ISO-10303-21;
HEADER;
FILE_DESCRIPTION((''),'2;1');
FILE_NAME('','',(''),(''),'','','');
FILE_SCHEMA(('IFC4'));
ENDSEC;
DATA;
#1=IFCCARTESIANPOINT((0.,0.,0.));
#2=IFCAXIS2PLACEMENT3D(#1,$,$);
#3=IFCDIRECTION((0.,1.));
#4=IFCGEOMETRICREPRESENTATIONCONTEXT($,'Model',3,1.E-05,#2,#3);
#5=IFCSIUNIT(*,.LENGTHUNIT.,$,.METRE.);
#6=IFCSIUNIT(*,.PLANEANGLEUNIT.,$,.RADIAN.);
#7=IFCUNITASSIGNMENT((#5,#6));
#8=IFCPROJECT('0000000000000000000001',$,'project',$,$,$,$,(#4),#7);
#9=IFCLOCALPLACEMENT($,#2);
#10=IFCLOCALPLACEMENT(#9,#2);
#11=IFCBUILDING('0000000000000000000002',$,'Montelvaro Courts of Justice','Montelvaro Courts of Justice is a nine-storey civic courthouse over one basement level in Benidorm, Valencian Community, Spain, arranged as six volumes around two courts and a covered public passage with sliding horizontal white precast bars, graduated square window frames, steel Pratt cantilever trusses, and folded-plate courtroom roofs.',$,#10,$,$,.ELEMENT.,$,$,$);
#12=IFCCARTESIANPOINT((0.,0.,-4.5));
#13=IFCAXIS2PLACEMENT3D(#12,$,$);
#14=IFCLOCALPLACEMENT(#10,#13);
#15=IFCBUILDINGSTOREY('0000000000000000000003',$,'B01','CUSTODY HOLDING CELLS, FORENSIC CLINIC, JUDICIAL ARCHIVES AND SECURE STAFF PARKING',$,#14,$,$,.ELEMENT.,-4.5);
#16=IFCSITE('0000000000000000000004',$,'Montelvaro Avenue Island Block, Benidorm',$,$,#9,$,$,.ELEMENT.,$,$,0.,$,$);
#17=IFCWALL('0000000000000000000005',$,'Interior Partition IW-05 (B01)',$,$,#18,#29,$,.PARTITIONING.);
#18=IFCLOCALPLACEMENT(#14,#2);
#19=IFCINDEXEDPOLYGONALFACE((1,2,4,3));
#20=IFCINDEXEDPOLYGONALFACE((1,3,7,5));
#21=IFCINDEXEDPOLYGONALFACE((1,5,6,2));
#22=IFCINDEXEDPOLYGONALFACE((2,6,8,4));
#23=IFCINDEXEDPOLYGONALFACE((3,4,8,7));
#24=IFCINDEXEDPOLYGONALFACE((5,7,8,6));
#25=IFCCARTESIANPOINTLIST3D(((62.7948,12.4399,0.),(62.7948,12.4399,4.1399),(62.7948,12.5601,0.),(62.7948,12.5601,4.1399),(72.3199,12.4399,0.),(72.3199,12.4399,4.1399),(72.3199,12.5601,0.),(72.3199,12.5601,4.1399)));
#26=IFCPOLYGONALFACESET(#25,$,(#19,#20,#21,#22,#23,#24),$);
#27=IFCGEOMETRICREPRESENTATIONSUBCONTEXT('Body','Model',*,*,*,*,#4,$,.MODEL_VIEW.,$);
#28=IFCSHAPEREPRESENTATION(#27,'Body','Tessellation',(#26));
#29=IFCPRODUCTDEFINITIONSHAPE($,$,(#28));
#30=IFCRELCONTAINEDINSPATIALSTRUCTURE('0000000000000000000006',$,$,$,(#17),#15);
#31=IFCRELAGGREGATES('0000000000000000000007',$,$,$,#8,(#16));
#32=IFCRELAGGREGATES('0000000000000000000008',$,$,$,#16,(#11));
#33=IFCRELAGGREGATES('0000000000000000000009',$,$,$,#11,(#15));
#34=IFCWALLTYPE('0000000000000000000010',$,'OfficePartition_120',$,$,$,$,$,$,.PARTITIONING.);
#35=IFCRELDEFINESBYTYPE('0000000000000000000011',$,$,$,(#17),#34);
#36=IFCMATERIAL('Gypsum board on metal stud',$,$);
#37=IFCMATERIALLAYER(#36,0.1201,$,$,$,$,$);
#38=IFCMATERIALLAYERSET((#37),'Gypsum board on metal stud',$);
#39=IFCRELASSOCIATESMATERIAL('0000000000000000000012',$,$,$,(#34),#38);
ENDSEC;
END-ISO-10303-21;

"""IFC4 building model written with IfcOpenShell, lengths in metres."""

from ifc_helpers import new_model, si_unit, direction, frame, frame_2d, origin, place, context, subcontext, project, spatial, rectangle, extrude, material, layer, layer_set, type_object, element, save


model = new_model("IFC4")

# Units and contexts
model_context = context("Model", 3, precision=1e-05, world=origin(), true_north=direction((0.0, 1.0)))
body_context = subcontext(model_context, "Body", "Model", "MODEL_VIEW")
ifc_project = project(units=[si_unit("LENGTHUNIT", "METRE"), si_unit("PLANEANGLEUNIT", "RADIAN")], contexts=[model_context])

# Site, building, storey
site_placement = place(None, origin())
site = spatial("IfcSite", under=ifc_project, at=site_placement, Name="Montelvaro Avenue Island Block, Benidorm", CompositionType="ELEMENT", RefElevation=0.0)
building_placement = place(site_placement, origin())
building = spatial("IfcBuilding", under=site, at=building_placement, Name="Montelvaro Courts of Justice", Description="Montelvaro Courts of Justice is a nine-storey civic courthouse over one basement level in Benidorm, Valencian Community, Spain, arranged as six volumes around two courts and a covered public passage with sliding horizontal white precast bars, graduated square window frames, steel Pratt cantilever trusses, and folded-plate courtroom roofs.", CompositionType="ELEMENT")
storey_placement = place(building_placement, frame((0.0, 0.0, -4.5)))
storey = spatial("IfcBuildingStorey", under=building, at=storey_placement, Name="B01", Description="CUSTODY HOLDING CELLS, FORENSIC CLINIC, JUDICIAL ARCHIVES AND SECURE STAFF PARKING", CompositionType="ELEMENT", Elevation=-4.5)

# Shared definitions
ifc_material_1 = material(Name="Gypsum board on metal stud")

# Wall
ifc_layer_1 = layer(ifc_material_1, 0.1201)
ifc_layer_set_1 = layer_set([ifc_layer_1], Name="Gypsum board on metal stud")
wall_type_1 = type_object("IfcWallType", Name="OfficePartition_120", PredefinedType="PARTITIONING", material=ifc_layer_set_1)
wall_1_placement = place(storey_placement, frame((72.3201, 12.5, 0.0), z_axis=(0.0, 0.0, 1.0), x_axis=(-1.0, 0.0, 0.0)))
element("IfcWall", 1, at=wall_1_placement, inside=storey, type_object=wall_type_1, Name="Interior Partition IW-05 (B01)", PredefinedType="PARTITIONING", context=body_context, shape_type="SweptSolid", body=[
    extrude(rectangle(XDim=9.5251, YDim=0.1201, at=frame_2d((4.7627, 0.0))), origin(), (0.0, 0.0, 1.0), 4.1399),
])

save(model, "model.ifc")
